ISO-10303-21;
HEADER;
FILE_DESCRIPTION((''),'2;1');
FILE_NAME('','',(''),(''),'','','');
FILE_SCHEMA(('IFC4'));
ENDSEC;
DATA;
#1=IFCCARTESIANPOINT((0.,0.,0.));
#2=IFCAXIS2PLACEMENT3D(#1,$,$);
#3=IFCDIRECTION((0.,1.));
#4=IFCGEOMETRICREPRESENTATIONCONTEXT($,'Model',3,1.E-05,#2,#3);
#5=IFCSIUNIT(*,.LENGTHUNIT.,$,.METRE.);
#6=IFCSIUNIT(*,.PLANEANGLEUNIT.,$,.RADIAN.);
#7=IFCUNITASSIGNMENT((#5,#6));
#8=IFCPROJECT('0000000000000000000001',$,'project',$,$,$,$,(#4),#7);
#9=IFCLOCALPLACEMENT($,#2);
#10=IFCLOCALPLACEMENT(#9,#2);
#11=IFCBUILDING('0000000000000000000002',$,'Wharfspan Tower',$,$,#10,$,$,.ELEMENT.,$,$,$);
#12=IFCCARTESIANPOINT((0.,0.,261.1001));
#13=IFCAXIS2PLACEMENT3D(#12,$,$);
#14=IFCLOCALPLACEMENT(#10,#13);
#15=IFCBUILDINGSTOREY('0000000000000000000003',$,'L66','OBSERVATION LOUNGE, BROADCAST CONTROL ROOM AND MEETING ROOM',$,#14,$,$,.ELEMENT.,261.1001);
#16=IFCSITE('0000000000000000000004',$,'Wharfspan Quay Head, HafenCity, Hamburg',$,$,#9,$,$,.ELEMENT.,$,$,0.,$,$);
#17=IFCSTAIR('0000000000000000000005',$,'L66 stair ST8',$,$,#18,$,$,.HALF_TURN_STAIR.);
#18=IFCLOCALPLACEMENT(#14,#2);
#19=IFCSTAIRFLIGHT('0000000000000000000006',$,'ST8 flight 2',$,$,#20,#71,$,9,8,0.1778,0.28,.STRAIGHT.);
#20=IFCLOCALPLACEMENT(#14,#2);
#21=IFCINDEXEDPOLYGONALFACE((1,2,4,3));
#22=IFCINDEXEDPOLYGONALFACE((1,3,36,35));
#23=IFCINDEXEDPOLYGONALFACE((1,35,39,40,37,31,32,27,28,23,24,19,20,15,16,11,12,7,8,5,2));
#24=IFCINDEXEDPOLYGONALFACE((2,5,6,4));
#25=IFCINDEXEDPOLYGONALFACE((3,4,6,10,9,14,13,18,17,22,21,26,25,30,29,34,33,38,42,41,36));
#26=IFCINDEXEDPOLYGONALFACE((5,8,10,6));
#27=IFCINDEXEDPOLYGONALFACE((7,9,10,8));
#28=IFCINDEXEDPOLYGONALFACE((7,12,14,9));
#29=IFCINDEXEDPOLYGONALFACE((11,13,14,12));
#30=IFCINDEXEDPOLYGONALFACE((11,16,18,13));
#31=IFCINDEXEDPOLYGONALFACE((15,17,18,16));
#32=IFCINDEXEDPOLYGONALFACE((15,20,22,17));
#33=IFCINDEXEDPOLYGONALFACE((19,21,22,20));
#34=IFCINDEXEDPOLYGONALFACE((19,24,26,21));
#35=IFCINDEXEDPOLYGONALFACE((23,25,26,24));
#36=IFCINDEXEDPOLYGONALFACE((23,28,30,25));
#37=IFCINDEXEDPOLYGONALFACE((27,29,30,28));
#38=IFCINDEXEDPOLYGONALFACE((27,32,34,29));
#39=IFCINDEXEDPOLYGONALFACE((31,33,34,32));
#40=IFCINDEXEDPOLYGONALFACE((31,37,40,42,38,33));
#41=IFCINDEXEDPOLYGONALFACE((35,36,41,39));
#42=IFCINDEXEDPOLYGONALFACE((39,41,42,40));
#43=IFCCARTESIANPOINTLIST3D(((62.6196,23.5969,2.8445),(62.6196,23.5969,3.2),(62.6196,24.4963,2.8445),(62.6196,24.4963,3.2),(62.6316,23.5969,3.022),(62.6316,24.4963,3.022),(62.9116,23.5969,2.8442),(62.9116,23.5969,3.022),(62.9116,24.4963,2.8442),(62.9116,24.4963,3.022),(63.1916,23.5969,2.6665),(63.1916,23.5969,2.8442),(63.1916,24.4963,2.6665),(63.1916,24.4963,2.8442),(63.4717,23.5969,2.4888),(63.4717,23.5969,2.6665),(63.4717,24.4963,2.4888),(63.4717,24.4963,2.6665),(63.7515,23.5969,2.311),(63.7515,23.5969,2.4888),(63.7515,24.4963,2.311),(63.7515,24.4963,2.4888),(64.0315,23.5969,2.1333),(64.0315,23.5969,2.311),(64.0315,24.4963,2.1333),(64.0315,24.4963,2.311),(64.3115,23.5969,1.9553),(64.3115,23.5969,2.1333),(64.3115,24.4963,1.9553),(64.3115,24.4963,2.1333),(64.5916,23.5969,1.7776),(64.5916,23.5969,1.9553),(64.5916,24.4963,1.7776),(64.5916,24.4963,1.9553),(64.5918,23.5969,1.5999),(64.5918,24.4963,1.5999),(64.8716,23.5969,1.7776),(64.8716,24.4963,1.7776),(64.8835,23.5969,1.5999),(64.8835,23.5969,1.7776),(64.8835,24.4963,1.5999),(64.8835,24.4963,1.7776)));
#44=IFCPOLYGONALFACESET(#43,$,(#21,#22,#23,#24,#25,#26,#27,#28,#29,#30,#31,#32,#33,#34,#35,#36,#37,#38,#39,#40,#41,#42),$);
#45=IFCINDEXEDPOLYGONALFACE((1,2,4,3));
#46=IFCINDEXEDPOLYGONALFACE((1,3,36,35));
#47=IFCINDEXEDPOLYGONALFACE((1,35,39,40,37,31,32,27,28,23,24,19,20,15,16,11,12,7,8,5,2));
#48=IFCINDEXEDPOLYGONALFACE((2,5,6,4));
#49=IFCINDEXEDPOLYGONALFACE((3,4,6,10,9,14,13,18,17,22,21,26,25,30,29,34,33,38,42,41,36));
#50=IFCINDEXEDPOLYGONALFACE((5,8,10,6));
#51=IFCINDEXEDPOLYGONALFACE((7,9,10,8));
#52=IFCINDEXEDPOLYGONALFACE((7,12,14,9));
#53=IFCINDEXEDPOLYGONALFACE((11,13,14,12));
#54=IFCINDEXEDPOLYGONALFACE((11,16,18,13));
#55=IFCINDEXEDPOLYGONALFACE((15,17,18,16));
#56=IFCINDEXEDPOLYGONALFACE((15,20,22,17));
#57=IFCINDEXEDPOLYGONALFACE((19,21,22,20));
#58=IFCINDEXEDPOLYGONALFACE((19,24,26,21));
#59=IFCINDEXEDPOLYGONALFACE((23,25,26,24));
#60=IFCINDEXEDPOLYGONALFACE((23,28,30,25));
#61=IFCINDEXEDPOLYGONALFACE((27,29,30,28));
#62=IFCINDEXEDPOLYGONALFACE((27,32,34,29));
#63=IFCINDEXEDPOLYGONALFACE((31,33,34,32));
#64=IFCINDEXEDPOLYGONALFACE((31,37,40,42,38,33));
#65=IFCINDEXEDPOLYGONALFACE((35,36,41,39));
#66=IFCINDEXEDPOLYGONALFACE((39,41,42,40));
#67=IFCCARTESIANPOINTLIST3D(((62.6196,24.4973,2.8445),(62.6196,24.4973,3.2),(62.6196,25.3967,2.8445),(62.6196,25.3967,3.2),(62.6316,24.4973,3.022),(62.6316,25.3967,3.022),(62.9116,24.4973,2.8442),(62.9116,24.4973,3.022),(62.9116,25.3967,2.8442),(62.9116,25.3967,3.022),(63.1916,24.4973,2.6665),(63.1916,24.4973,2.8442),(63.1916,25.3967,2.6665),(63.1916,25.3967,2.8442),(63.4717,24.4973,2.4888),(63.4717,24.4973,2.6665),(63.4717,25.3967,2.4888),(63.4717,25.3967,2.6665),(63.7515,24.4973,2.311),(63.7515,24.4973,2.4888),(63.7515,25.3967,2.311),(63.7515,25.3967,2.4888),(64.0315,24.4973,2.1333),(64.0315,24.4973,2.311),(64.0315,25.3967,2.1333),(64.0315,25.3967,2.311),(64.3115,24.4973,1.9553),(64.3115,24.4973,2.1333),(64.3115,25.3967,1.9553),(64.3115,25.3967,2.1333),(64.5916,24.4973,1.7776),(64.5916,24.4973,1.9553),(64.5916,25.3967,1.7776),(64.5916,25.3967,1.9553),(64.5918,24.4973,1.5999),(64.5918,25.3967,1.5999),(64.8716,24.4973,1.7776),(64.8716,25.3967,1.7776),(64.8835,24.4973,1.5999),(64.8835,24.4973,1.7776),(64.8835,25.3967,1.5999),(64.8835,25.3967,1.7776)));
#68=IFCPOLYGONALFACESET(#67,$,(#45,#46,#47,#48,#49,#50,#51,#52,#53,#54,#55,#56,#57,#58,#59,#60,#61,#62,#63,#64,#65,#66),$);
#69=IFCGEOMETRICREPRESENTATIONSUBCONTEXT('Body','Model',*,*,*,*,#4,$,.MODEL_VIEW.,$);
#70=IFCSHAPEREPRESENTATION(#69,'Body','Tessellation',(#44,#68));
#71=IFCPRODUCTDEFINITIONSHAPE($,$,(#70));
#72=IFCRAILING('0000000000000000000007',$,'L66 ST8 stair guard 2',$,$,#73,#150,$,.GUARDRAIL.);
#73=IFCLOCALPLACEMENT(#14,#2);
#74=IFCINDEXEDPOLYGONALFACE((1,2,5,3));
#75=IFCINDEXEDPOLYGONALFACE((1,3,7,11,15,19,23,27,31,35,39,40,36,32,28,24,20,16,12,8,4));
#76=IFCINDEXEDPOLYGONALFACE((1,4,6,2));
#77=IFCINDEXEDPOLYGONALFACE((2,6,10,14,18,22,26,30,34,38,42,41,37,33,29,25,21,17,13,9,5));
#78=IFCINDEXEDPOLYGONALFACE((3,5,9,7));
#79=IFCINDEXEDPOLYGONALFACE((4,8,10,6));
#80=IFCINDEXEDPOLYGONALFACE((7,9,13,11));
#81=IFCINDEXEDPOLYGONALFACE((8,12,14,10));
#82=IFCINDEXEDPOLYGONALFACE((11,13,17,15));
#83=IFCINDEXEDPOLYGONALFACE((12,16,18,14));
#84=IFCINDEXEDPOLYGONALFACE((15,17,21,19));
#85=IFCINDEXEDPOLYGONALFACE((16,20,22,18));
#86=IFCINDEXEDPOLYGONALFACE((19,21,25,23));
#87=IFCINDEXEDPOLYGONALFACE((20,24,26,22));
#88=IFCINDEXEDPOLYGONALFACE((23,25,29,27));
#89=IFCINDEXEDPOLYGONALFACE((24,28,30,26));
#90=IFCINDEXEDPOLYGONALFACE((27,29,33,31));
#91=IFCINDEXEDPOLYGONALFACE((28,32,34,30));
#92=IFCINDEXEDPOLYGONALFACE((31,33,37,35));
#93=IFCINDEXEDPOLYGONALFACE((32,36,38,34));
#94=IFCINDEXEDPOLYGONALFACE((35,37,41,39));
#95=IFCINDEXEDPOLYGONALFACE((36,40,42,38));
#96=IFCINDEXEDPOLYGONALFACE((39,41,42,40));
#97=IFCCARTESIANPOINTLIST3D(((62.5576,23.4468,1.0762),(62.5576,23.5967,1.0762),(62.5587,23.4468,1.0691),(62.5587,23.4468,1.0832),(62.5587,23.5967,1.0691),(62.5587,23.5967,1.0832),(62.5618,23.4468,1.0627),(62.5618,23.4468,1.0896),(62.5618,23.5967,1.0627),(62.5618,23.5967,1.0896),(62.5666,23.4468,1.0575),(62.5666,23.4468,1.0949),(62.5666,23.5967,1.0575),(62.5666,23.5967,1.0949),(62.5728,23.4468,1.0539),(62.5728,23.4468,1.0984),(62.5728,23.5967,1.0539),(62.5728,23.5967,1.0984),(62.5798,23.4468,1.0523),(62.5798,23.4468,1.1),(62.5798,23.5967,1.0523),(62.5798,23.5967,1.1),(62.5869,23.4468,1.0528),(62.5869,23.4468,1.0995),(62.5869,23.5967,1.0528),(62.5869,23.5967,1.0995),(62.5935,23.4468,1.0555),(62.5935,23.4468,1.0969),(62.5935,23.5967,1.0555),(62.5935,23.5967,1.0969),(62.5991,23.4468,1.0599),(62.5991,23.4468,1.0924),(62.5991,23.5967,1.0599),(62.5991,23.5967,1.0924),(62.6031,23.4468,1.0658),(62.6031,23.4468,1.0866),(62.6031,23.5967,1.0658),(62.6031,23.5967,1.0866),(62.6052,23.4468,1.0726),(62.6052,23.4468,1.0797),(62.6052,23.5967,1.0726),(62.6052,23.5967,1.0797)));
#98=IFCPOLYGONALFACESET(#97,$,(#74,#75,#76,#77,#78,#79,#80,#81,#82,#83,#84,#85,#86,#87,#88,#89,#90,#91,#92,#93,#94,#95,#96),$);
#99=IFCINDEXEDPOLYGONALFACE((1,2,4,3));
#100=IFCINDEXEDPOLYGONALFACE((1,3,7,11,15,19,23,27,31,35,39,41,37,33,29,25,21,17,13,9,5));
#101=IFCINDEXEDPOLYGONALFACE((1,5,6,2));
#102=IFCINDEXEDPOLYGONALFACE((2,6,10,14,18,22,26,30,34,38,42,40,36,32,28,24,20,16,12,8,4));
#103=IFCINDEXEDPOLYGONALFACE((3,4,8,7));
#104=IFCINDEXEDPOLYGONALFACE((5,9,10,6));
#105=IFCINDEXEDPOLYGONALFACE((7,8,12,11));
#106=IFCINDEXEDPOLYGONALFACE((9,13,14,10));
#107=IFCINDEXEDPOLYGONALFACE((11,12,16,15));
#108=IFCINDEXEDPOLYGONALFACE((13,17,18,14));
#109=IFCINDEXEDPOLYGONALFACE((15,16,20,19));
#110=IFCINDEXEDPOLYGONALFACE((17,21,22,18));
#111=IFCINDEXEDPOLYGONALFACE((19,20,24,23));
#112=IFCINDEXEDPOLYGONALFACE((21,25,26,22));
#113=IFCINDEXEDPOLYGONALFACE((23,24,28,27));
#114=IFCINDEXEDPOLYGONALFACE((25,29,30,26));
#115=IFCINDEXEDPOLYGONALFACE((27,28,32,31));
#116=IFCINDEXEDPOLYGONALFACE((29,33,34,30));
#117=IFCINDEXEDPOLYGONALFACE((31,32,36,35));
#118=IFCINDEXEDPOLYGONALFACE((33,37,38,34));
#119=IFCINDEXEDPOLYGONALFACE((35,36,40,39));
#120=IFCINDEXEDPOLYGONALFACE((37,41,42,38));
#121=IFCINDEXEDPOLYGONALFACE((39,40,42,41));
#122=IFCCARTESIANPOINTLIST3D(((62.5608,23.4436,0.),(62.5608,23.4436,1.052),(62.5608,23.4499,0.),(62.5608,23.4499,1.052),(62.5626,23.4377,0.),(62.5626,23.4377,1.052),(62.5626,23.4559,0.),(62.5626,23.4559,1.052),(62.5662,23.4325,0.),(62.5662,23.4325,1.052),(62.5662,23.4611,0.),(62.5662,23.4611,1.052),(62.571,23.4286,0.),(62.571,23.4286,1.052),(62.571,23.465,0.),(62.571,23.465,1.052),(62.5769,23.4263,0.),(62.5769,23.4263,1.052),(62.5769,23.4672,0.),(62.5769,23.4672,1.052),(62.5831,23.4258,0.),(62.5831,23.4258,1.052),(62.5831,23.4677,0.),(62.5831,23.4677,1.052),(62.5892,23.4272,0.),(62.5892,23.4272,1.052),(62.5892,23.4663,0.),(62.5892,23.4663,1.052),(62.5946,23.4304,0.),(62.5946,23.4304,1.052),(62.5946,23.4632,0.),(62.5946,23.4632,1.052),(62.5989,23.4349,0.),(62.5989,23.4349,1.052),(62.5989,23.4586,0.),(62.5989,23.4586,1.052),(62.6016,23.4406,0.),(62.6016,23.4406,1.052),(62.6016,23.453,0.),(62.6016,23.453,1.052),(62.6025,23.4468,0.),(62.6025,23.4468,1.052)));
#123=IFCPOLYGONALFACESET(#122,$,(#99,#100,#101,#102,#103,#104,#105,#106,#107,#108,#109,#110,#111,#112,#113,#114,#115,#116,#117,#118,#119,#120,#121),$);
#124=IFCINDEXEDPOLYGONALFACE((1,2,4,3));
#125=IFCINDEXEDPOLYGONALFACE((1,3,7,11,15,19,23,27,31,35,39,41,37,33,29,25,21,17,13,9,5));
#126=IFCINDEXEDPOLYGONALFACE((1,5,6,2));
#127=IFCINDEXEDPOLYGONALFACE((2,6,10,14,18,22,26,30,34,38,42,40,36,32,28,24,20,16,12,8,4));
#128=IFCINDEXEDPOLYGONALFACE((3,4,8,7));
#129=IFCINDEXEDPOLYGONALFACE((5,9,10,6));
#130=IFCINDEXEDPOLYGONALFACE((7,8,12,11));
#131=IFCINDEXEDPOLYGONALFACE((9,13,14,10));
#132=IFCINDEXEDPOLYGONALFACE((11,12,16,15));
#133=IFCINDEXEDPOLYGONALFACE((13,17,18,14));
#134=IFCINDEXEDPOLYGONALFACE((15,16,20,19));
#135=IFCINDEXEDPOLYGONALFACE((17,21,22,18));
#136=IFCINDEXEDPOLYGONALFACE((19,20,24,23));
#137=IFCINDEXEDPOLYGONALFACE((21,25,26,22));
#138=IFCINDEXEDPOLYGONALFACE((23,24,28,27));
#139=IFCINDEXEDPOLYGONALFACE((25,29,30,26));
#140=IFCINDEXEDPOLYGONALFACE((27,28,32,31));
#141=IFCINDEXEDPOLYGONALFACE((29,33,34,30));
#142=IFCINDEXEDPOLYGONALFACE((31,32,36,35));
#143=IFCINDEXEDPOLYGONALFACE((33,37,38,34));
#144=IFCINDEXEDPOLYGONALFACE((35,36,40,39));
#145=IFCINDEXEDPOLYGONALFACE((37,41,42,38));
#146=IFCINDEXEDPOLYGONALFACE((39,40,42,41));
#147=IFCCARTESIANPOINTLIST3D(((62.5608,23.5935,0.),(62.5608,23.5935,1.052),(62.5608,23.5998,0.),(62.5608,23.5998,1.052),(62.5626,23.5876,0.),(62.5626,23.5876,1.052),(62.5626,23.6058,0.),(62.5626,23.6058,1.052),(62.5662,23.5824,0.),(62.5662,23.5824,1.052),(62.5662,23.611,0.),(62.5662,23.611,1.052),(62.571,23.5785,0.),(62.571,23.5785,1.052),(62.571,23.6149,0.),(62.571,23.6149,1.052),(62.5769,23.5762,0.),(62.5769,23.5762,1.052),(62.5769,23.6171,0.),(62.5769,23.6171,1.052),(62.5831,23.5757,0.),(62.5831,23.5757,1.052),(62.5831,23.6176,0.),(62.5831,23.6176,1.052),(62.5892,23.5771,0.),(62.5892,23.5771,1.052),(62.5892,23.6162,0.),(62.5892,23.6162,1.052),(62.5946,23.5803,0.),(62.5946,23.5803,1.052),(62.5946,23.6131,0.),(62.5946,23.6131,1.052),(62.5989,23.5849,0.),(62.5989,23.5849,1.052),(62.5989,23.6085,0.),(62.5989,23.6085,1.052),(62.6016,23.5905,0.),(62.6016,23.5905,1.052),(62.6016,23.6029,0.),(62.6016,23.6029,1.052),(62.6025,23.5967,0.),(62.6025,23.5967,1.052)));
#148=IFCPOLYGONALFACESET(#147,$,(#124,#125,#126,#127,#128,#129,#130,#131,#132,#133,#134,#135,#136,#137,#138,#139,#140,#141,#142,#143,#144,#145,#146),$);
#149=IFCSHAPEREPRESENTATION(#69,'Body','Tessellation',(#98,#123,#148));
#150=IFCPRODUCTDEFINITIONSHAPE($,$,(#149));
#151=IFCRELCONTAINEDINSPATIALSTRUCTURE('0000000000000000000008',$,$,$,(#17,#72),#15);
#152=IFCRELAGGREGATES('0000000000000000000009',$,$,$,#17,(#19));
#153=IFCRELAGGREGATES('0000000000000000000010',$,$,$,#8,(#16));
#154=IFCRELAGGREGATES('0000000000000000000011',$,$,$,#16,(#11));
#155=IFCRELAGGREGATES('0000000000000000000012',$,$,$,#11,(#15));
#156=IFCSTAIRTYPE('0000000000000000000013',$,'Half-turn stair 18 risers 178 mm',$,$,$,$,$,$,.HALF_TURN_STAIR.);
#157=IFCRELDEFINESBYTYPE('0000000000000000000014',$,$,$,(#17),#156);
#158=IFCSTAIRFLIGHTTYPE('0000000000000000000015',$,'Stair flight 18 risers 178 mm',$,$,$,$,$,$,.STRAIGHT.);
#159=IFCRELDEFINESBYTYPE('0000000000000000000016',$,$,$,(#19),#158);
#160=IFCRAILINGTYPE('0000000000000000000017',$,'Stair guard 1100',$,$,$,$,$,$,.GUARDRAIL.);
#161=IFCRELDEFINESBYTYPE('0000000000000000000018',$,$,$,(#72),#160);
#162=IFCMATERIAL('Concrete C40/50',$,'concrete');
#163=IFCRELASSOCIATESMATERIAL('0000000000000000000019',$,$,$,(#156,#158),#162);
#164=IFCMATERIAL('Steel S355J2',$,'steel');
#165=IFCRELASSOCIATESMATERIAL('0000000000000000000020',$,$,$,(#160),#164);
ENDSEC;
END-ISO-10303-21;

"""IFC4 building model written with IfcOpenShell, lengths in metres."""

from ifc_helpers import new_model, si_unit, direction, frame, origin, origin_2d, place, context, subcontext, project, spatial, polyline, circle, outline, extrude, material, type_object, element, aggregate, save


model = new_model("IFC4")

# Units and contexts
model_context = context("Model", 3, precision=1e-05, world=origin(), true_north=direction((0.0, 1.0)))
body_context = subcontext(model_context, "Body", "Model", "MODEL_VIEW")
ifc_project = project(units=[si_unit("LENGTHUNIT", "METRE"), si_unit("PLANEANGLEUNIT", "RADIAN")], contexts=[model_context])

# Site, building, storey
site_placement = place(None, origin())
site = spatial("IfcSite", under=ifc_project, at=site_placement, Name="Wharfspan Quay Head, HafenCity, Hamburg", CompositionType="ELEMENT", RefElevation=0.0)
building_placement = place(site_placement, origin())
building = spatial("IfcBuilding", under=site, at=building_placement, Name="Wharfspan Tower", CompositionType="ELEMENT")
storey_placement = place(building_placement, frame((0.0, 0.0, 261.1001)))
storey = spatial("IfcBuildingStorey", under=building, at=storey_placement, Name="L66", Description="OBSERVATION LOUNGE, BROADCAST CONTROL ROOM AND MEETING ROOM", CompositionType="ELEMENT", Elevation=261.1001)

# Shared definitions
ifc_material_1 = material(Name="Steel S355J2", Category="steel")

# Shared definitions
ifc_material_2 = material(Name="Concrete C40/50", Category="concrete")

# Stair, stair flight
stair_type = type_object("IfcStairType", Name="Half-turn stair 18 risers 178 mm", PredefinedType="HALF_TURN_STAIR", material=ifc_material_2)
stair_placement = place(storey_placement, origin())
stair = element("IfcStair", 1, at=stair_placement, inside=storey, type_object=stair_type, Name="L66 stair ST8", PredefinedType="HALF_TURN_STAIR")
stair_flight_type = type_object("IfcStairFlightType", Name="Stair flight 18 risers 178 mm", PredefinedType="STRAIGHT", material=ifc_material_2)
stair_flight_1_placement = place(storey_placement, frame((64.8716, 24.4968, 1.5999), z_axis=(0.0, 0.0, 1.0), x_axis=(-1.0, 0.0, 0.0)))
stair_flight_1 = element("IfcStairFlight", 2, at=stair_flight_1_placement, type_object=stair_flight_type, Name="ST8 flight 2", NumberOfRisers=9, NumberOfTreads=8, PredefinedType="STRAIGHT", RiserHeight=0.1778, TreadLength=0.28, context=body_context, shape_type="SweptSolid", body=[
    extrude(outline(polyline([(-0.012, 0.0), (-0.012, 0.1777), (0.0, 0.1777), (0.28, 0.1777), (0.28, 0.3555), (0.5601, 0.3555), (0.5601, 0.5334), (0.8401, 0.5334), (0.8401, 0.7112), (1.1201, 0.7112), (1.1201, 0.8889), (1.3999, 0.8889), (1.3999, 1.0667), (1.6799, 1.0667), (1.6799, 1.2444), (1.96, 1.2444), (1.96, 1.4221), (2.24, 1.4221), (2.252, 1.6001), (2.252, 1.2446), (0.2798, 0.0), (-0.012, 0.0)])), frame((0.0, 0.8999, 0.0), z_axis=(0.0, -1.0, 0.0), x_axis=(1.0, 0.0, 0.0)), (0.0, 0.0, 1.0), 0.8994),
    extrude(outline(polyline([(-0.012, 0.0), (-0.012, 0.1777), (0.0, 0.1777), (0.28, 0.1777), (0.28, 0.3555), (0.5601, 0.3555), (0.5601, 0.5334), (0.8401, 0.5334), (0.8401, 0.7112), (1.1201, 0.7112), (1.1201, 0.8889), (1.3999, 0.8889), (1.3999, 1.0667), (1.6799, 1.0667), (1.6799, 1.2444), (1.96, 1.2444), (1.96, 1.4221), (2.24, 1.4221), (2.252, 1.6001), (2.252, 1.2446), (0.2798, 0.0), (-0.012, 0.0)])), frame((0.0, -0.0005, 0.0), z_axis=(0.0, -1.0, 0.0), x_axis=(1.0, 0.0, 0.0)), (0.0, 0.0, 1.0), 0.8994),
])
aggregate(stair, [stair_flight_1])

# Railing
railing_type_1 = type_object("IfcRailingType", Name="Stair guard 1100", PredefinedType="GUARDRAIL", material=ifc_material_1)
railing_1_placement = place(storey_placement, frame((62.5815, 23.4468, 0.0)))
element("IfcRailing", 3, at=railing_1_placement, inside=storey, type_object=railing_type_1, Name="L66 ST8 stair guard 2", PredefinedType="GUARDRAIL", context=body_context, shape_type="SweptSolid", body=[
    extrude(circle(Radius=0.0239, at=origin_2d()), frame((0.0, 0.0, 1.0762), z_axis=(0.0, 1.0, 0.0), x_axis=(-1.0, 0.0, 0.0)), (0.0, 0.0, 1.0), 0.1499),
    extrude(circle(Radius=0.021, at=origin_2d()), origin(), (0.0, 0.0, 1.0), 1.052),
    extrude(circle(Radius=0.021, at=origin_2d()), frame((0.0, 0.1499, 0.0)), (0.0, 0.0, 1.0), 1.052),
])

save(model, "model.ifc")
